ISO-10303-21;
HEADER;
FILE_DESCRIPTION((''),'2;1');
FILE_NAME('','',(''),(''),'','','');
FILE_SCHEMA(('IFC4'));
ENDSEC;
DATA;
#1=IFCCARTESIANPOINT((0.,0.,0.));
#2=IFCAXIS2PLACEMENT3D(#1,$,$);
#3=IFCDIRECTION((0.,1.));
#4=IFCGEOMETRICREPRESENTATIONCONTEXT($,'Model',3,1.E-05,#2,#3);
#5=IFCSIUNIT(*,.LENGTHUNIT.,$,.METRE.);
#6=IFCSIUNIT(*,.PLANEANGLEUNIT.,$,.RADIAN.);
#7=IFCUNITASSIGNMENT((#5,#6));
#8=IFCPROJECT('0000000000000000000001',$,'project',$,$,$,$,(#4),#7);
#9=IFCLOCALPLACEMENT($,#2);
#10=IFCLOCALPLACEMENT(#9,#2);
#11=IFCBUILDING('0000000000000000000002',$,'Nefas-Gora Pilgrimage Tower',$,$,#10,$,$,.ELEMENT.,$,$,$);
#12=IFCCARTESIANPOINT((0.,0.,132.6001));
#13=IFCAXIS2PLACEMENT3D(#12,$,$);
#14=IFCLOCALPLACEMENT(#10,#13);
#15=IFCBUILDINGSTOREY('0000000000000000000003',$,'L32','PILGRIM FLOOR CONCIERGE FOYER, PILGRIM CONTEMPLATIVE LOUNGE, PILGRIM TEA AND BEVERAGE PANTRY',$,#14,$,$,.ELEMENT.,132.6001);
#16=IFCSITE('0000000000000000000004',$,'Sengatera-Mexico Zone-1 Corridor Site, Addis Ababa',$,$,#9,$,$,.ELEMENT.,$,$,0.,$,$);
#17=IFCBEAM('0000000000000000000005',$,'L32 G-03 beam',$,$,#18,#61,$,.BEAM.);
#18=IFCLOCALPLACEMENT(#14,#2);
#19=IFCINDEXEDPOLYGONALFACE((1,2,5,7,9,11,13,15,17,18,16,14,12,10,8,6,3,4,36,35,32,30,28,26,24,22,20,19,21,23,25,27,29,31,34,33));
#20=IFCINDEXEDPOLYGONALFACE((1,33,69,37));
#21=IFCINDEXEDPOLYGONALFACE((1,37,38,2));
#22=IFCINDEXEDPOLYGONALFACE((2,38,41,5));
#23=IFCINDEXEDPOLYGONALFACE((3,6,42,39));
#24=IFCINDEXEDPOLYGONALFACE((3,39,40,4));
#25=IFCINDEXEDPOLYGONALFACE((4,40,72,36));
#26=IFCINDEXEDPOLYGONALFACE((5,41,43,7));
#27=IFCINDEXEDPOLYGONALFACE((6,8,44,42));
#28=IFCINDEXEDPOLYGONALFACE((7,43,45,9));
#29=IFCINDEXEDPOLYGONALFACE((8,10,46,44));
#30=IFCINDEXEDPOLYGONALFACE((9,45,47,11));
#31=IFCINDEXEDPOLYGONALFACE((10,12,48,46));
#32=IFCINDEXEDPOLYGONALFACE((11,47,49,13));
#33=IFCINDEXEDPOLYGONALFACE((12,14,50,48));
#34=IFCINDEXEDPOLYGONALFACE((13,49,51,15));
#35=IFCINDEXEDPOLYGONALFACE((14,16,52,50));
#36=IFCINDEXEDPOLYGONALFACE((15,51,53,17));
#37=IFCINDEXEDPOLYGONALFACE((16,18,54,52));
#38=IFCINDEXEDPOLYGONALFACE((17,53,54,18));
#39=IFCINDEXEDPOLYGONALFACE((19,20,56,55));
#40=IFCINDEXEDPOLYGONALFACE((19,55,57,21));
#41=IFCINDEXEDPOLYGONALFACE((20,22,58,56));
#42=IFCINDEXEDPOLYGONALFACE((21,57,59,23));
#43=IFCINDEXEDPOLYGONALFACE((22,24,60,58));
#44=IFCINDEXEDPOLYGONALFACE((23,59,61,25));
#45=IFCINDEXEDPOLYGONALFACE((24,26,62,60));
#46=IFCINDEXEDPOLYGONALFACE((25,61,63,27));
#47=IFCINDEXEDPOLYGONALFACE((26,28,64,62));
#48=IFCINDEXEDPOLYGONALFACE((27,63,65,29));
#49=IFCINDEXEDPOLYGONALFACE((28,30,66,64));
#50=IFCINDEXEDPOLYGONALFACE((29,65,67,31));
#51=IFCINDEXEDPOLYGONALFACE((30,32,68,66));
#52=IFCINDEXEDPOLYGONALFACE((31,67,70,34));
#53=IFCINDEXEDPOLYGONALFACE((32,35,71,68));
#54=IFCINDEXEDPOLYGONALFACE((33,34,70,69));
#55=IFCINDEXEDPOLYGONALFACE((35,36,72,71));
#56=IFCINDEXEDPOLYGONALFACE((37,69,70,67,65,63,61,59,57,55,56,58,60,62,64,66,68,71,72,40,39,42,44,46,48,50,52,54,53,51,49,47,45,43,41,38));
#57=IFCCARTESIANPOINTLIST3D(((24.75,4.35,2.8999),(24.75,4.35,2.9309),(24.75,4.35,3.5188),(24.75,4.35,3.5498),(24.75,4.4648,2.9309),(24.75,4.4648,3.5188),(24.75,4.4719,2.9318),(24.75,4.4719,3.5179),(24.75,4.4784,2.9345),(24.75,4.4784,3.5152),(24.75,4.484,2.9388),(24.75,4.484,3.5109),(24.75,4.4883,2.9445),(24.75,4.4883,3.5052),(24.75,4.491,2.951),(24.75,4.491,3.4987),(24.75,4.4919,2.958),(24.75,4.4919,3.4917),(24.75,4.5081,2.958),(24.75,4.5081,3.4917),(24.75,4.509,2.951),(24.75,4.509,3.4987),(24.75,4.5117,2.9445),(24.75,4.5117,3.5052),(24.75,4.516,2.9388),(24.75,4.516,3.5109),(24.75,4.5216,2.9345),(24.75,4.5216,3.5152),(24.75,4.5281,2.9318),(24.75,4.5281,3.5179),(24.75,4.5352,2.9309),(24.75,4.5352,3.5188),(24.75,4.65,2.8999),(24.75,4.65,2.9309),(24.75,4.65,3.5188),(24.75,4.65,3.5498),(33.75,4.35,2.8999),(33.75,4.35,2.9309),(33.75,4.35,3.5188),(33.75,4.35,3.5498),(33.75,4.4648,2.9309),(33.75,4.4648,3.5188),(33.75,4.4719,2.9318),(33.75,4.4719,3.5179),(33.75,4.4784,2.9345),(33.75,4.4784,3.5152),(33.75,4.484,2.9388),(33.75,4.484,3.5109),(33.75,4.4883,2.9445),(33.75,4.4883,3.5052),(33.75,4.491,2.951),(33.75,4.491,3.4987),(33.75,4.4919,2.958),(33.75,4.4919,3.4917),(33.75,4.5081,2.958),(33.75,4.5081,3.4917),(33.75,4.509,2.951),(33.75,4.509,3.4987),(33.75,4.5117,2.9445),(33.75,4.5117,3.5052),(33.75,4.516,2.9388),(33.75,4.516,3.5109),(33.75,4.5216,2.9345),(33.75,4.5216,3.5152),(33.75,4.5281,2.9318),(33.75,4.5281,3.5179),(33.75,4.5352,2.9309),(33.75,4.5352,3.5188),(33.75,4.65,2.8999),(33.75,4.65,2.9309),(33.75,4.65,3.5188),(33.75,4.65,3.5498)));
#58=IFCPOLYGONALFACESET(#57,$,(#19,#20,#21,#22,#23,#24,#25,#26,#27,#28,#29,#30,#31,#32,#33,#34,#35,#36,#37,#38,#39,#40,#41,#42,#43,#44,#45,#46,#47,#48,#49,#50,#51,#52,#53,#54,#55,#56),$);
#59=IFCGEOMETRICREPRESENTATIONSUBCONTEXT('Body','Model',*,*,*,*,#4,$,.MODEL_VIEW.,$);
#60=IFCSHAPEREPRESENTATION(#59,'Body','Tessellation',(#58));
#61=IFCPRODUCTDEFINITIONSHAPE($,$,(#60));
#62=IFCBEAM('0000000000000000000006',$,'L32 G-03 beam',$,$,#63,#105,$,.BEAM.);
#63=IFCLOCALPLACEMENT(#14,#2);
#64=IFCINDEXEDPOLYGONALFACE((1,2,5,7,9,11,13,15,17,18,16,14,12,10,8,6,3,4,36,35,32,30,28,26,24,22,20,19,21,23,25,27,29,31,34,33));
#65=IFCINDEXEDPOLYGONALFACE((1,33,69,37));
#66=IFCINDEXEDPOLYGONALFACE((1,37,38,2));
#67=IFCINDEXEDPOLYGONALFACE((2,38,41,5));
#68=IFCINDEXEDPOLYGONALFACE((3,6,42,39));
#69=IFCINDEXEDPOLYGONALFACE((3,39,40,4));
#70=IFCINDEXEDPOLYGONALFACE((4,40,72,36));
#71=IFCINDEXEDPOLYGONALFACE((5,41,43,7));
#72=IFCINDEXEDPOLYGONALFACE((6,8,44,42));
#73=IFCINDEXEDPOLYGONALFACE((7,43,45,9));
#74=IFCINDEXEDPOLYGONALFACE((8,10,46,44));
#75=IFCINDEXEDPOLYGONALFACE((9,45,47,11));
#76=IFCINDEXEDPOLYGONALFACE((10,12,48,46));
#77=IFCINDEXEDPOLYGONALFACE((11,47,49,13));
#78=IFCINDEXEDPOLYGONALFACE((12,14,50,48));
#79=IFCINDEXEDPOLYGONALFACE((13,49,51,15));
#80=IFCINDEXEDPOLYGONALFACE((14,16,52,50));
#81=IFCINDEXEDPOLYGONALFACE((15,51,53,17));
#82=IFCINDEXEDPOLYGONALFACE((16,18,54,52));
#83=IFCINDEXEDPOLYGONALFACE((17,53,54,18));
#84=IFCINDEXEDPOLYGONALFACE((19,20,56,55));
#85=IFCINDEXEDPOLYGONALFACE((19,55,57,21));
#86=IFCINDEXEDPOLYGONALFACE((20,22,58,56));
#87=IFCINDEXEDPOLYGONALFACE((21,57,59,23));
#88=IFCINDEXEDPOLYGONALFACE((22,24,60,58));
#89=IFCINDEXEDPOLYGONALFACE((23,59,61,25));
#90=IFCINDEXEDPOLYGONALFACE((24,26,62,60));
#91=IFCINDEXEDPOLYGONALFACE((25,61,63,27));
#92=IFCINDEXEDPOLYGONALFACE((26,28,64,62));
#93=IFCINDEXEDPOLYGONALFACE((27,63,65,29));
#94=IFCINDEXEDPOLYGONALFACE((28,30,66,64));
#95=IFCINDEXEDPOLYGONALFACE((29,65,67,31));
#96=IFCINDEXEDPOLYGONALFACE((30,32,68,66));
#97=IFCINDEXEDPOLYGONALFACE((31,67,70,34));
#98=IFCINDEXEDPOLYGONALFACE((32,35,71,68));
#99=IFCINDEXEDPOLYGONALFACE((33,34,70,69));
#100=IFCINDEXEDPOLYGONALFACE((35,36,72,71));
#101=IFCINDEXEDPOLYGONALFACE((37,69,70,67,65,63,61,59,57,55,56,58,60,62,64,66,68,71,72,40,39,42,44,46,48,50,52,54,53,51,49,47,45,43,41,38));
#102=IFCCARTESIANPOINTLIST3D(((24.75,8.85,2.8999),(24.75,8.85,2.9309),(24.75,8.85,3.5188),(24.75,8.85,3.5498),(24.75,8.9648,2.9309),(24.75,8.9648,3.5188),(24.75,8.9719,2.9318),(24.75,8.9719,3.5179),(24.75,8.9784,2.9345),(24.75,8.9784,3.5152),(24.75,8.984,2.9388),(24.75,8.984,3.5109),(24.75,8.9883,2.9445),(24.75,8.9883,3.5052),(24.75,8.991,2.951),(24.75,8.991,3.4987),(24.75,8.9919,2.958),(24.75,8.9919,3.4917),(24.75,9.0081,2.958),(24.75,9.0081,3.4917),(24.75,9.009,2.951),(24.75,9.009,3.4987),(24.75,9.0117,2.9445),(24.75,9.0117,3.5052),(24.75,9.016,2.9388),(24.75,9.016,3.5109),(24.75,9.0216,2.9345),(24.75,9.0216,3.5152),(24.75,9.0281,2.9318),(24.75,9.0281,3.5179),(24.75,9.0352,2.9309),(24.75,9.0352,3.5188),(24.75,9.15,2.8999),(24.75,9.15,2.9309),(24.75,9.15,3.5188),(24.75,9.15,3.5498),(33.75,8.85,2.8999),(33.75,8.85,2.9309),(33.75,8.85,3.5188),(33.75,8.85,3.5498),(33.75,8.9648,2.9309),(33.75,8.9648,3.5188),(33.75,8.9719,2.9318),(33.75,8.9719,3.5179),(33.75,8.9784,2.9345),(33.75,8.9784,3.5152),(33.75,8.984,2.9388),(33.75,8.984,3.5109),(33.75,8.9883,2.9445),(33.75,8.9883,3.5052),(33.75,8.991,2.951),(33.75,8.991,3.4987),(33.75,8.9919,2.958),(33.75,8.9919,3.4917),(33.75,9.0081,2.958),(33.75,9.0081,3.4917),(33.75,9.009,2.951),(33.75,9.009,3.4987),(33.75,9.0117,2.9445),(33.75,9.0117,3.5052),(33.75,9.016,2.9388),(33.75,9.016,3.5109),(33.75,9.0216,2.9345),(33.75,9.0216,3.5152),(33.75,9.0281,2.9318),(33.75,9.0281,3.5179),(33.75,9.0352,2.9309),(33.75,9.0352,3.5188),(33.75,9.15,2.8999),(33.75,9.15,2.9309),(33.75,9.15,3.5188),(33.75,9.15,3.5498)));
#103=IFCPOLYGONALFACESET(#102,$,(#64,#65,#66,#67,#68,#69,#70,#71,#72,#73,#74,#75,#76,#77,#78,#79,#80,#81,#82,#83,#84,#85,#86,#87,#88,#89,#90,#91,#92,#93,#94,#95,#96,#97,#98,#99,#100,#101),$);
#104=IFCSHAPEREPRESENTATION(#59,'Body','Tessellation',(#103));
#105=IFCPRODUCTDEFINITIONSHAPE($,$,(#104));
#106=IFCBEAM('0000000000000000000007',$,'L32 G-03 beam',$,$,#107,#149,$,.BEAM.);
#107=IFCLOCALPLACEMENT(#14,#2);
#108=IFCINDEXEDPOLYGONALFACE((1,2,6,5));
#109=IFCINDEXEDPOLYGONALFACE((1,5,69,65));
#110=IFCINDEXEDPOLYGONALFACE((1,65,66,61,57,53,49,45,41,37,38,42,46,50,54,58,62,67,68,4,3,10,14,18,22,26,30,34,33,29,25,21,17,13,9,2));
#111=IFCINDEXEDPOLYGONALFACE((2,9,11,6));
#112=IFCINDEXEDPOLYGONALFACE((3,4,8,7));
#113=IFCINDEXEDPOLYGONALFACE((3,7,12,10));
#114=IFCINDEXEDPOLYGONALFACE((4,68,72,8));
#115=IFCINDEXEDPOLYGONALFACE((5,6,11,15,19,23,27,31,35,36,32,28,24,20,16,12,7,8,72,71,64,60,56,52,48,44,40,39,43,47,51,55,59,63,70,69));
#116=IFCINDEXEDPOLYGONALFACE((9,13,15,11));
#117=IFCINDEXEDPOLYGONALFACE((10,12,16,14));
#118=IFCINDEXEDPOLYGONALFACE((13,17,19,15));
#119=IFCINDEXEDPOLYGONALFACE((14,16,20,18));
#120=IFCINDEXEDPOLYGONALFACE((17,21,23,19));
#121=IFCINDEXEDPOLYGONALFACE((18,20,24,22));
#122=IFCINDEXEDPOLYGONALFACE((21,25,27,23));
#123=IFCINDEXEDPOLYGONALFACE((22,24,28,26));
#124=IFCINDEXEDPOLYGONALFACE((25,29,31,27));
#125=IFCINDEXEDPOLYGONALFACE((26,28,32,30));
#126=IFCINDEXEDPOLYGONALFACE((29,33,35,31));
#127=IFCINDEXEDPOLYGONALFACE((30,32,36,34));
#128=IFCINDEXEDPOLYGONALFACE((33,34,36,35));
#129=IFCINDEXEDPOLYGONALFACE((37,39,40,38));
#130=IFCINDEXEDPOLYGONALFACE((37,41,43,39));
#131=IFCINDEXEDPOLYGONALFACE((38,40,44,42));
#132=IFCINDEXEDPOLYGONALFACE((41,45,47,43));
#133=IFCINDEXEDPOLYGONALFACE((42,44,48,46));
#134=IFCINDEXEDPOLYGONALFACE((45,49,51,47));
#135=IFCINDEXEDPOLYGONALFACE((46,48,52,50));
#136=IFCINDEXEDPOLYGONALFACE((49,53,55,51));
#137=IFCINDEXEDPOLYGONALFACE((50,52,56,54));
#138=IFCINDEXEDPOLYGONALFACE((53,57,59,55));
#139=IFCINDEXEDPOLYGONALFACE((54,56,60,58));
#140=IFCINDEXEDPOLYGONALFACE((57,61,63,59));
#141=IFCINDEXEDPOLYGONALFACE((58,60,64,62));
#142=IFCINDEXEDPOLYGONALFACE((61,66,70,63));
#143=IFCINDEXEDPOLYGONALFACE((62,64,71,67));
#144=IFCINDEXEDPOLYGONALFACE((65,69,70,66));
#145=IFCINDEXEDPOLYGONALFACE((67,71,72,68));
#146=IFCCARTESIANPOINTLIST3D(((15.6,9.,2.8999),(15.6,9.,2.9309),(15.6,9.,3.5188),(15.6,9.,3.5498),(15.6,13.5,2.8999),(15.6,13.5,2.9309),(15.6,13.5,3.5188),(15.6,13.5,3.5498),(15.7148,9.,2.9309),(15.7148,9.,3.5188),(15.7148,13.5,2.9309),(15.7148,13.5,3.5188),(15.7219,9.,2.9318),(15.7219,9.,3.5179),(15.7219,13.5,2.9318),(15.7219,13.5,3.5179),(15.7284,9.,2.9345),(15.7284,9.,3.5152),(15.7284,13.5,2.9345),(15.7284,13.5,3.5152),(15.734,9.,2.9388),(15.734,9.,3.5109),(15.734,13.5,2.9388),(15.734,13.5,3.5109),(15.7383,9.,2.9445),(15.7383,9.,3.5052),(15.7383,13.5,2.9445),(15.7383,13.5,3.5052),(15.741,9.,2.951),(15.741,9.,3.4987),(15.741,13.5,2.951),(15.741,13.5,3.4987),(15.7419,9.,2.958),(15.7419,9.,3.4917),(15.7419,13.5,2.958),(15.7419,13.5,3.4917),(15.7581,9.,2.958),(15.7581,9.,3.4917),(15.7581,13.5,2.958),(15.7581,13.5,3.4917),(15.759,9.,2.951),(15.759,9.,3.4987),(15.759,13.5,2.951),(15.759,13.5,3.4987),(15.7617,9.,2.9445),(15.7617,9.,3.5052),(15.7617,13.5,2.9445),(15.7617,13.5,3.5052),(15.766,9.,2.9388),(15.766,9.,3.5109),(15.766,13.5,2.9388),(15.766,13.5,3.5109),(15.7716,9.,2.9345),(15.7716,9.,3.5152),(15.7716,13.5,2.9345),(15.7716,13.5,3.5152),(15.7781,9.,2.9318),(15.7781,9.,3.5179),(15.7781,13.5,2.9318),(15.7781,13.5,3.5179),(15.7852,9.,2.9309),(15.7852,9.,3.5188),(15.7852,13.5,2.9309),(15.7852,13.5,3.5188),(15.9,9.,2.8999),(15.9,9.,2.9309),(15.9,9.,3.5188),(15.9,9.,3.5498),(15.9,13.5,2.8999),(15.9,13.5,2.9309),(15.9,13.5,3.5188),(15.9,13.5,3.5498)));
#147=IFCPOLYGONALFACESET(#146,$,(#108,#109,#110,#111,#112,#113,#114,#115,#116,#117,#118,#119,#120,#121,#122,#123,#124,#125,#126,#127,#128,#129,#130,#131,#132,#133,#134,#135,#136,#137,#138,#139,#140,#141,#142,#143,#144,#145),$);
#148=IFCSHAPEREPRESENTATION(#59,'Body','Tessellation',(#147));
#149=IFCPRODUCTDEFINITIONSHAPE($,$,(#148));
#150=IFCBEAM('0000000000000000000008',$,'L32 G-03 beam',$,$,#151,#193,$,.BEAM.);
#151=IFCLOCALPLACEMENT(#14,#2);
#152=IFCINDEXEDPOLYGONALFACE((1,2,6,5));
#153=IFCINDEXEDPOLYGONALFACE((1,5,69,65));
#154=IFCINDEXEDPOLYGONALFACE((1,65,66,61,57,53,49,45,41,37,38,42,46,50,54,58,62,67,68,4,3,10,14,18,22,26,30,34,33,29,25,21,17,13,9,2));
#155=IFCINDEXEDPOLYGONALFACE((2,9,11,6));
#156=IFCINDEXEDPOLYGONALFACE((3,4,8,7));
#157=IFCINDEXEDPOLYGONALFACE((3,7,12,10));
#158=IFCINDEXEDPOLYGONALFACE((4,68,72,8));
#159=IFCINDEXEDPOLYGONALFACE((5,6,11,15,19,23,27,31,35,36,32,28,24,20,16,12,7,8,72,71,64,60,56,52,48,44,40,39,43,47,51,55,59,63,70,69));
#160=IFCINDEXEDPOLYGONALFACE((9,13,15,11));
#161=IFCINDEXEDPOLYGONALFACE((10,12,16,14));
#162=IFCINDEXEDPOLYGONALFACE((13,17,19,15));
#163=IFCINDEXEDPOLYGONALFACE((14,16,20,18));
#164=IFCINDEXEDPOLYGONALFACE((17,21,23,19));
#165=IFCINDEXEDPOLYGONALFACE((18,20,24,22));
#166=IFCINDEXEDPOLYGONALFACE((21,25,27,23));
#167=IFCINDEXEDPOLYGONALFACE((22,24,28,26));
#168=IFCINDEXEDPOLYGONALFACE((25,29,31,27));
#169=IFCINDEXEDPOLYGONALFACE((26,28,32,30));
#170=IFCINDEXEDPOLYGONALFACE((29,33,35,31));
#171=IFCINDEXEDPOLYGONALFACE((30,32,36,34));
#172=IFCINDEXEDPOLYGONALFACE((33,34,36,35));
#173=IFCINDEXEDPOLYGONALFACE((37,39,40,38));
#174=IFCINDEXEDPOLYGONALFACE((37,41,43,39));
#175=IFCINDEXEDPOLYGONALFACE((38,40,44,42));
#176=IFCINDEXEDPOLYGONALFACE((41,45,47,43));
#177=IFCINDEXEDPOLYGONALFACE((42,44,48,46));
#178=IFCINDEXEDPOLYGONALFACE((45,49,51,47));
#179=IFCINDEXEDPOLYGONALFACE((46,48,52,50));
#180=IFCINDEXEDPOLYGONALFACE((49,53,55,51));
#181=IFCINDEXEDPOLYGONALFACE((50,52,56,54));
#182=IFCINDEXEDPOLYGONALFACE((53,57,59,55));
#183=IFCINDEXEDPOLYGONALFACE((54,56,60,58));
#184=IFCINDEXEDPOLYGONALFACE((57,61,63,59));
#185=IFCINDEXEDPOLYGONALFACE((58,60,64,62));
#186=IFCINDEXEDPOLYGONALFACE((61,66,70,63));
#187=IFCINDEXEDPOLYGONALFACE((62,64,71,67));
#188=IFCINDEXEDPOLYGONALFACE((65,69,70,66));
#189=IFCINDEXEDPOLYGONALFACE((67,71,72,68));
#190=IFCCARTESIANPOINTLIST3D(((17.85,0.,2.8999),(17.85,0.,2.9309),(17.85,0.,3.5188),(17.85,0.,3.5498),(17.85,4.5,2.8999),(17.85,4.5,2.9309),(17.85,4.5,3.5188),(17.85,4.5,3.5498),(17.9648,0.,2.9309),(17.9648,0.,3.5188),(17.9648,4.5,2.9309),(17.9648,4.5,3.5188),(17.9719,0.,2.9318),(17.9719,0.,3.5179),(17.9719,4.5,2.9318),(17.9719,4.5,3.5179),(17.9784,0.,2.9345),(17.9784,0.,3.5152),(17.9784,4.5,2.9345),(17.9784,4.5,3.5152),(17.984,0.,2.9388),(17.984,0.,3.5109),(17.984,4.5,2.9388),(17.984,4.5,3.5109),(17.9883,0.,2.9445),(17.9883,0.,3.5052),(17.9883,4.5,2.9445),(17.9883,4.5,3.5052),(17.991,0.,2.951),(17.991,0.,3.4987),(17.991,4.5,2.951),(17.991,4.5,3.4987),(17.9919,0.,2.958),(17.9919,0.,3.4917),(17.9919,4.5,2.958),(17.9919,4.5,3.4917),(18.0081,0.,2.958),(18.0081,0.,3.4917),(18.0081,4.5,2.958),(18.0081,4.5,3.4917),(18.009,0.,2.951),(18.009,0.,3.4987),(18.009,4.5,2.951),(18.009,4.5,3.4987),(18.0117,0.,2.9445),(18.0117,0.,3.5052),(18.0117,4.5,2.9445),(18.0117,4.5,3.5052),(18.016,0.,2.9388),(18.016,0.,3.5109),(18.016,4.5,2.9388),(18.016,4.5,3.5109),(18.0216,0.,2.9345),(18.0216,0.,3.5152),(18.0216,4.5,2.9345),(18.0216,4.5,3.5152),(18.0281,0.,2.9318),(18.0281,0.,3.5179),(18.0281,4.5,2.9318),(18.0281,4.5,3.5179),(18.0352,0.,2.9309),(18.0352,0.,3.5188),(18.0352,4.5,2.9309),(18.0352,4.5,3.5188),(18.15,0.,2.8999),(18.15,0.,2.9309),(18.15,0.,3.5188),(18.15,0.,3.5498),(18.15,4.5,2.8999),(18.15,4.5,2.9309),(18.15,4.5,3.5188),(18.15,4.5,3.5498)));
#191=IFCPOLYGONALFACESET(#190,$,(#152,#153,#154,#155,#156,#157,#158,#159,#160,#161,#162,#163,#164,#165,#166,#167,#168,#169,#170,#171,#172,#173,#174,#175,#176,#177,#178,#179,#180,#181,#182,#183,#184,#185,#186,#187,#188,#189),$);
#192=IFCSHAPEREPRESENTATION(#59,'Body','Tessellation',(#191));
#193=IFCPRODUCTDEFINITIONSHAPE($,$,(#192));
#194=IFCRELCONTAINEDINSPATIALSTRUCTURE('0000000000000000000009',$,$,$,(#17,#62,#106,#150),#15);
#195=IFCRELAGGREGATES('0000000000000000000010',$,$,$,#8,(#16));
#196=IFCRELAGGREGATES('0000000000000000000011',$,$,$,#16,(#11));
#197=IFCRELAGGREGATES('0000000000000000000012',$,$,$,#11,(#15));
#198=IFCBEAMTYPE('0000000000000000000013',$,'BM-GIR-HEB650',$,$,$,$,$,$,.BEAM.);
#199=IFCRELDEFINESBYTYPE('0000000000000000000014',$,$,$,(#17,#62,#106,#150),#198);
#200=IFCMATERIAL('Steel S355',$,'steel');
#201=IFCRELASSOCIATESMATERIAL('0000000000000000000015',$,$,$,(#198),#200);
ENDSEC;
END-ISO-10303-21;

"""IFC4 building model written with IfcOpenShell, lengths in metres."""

from ifc_helpers import new_model, si_unit, direction, frame, origin, origin_2d, place, context, subcontext, project, spatial, i_section, extrude, source, transform, mapped, material, material_profile, profile_set, type_object, element, save


model = new_model("IFC4")

# Units and contexts
model_context = context("Model", 3, precision=1e-05, world=origin(), true_north=direction((0.0, 1.0)))
body_context = subcontext(model_context, "Body", "Model", "MODEL_VIEW")
ifc_project = project(units=[si_unit("LENGTHUNIT", "METRE"), si_unit("PLANEANGLEUNIT", "RADIAN")], contexts=[model_context])

# Site, building, storey
site_placement = place(None, origin())
site = spatial("IfcSite", under=ifc_project, at=site_placement, Name="Sengatera-Mexico Zone-1 Corridor Site, Addis Ababa", CompositionType="ELEMENT", RefElevation=0.0)
building_placement = place(site_placement, origin())
building = spatial("IfcBuilding", under=site, at=building_placement, Name="Nefas-Gora Pilgrimage Tower", CompositionType="ELEMENT")
storey_placement = place(building_placement, frame((0.0, 0.0, 132.6001)))
storey = spatial("IfcBuildingStorey", under=building, at=storey_placement, Name="L32", Description="PILGRIM FLOOR CONCIERGE FOYER, PILGRIM CONTEMPLATIVE LOUNGE, PILGRIM TEA AND BEVERAGE PANTRY", CompositionType="ELEMENT", Elevation=132.6001)

# Beams
ifc_material_1 = material(Name="Steel S355", Category="steel")
ifc_material_profile_1 = material_profile(ifc_material_1, i_section(OverallWidth=0.3, OverallDepth=0.6499, WebThickness=0.0161, FlangeThickness=0.031, FilletRadius=0.0271, at=origin_2d()), Name="HEB 650")
ifc_profile_set_1 = profile_set([ifc_material_profile_1], Name="Steel S355")
beam_type_1 = type_object("IfcBeamType", Name="BM-GIR-HEB650", PredefinedType="BEAM", material=ifc_profile_set_1)
shared_shape_1 = source(origin(), body_context, "Body", "SweptSolid", [
    extrude(i_section(OverallWidth=0.3, OverallDepth=0.6499, WebThickness=0.0161, FlangeThickness=0.031, FilletRadius=0.0271, at=origin_2d()), origin(), (0.0, 0.0, 1.0), 9.0),
])
for number, where, z_axis, x_axis, name in (
    (1, (24.75, 4.5, 3.2249), (1.0, 0.0, 0.0), (0.0, 1.0, 0.0), "L32 G-03 beam"),
    (2, (24.75, 9.0, 3.2249), (1.0, 0.0, 0.0), (0.0, 1.0, 0.0), "L32 G-03 beam"),
):
    element("IfcBeam", number, at=place(storey_placement, frame(where, z_axis=z_axis, x_axis=x_axis)), inside=storey, type_object=beam_type_1, Name=name, PredefinedType="BEAM", context=body_context, shape_type="MappedRepresentation", body=[
        mapped(shared_shape_1, transform((0.0, 0.0, 0.0), x_axis=(1.0, 0.0, 0.0), y_axis=(0.0, 1.0, 0.0), z_axis=(0.0, 0.0, 1.0), scale=1.0)),
    ])
shared_shape_2 = source(origin(), body_context, "Body", "SweptSolid", [
    extrude(i_section(OverallWidth=0.3, OverallDepth=0.6499, WebThickness=0.0161, FlangeThickness=0.031, FilletRadius=0.0271, at=origin_2d()), origin(), (0.0, 0.0, 1.0), 4.5),
])
for number, where, z_axis, x_axis, name in (
    (3, (15.75, 9.0, 3.2249), (0.0, 1.0, 0.0), (-1.0, 0.0, 0.0), "L32 G-03 beam"),
    (4, (18.0, 0.0, 3.2249), (0.0, 1.0, 0.0), (-1.0, 0.0, 0.0), "L32 G-03 beam"),
):
    element("IfcBeam", number, at=place(storey_placement, frame(where, z_axis=z_axis, x_axis=x_axis)), inside=storey, type_object=beam_type_1, Name=name, PredefinedType="BEAM", context=body_context, shape_type="MappedRepresentation", body=[
        mapped(shared_shape_2, transform((0.0, 0.0, 0.0), x_axis=(1.0, 0.0, 0.0), y_axis=(0.0, 1.0, 0.0), z_axis=(0.0, 0.0, 1.0), scale=1.0)),
    ])

save(model, "model.ifc")
